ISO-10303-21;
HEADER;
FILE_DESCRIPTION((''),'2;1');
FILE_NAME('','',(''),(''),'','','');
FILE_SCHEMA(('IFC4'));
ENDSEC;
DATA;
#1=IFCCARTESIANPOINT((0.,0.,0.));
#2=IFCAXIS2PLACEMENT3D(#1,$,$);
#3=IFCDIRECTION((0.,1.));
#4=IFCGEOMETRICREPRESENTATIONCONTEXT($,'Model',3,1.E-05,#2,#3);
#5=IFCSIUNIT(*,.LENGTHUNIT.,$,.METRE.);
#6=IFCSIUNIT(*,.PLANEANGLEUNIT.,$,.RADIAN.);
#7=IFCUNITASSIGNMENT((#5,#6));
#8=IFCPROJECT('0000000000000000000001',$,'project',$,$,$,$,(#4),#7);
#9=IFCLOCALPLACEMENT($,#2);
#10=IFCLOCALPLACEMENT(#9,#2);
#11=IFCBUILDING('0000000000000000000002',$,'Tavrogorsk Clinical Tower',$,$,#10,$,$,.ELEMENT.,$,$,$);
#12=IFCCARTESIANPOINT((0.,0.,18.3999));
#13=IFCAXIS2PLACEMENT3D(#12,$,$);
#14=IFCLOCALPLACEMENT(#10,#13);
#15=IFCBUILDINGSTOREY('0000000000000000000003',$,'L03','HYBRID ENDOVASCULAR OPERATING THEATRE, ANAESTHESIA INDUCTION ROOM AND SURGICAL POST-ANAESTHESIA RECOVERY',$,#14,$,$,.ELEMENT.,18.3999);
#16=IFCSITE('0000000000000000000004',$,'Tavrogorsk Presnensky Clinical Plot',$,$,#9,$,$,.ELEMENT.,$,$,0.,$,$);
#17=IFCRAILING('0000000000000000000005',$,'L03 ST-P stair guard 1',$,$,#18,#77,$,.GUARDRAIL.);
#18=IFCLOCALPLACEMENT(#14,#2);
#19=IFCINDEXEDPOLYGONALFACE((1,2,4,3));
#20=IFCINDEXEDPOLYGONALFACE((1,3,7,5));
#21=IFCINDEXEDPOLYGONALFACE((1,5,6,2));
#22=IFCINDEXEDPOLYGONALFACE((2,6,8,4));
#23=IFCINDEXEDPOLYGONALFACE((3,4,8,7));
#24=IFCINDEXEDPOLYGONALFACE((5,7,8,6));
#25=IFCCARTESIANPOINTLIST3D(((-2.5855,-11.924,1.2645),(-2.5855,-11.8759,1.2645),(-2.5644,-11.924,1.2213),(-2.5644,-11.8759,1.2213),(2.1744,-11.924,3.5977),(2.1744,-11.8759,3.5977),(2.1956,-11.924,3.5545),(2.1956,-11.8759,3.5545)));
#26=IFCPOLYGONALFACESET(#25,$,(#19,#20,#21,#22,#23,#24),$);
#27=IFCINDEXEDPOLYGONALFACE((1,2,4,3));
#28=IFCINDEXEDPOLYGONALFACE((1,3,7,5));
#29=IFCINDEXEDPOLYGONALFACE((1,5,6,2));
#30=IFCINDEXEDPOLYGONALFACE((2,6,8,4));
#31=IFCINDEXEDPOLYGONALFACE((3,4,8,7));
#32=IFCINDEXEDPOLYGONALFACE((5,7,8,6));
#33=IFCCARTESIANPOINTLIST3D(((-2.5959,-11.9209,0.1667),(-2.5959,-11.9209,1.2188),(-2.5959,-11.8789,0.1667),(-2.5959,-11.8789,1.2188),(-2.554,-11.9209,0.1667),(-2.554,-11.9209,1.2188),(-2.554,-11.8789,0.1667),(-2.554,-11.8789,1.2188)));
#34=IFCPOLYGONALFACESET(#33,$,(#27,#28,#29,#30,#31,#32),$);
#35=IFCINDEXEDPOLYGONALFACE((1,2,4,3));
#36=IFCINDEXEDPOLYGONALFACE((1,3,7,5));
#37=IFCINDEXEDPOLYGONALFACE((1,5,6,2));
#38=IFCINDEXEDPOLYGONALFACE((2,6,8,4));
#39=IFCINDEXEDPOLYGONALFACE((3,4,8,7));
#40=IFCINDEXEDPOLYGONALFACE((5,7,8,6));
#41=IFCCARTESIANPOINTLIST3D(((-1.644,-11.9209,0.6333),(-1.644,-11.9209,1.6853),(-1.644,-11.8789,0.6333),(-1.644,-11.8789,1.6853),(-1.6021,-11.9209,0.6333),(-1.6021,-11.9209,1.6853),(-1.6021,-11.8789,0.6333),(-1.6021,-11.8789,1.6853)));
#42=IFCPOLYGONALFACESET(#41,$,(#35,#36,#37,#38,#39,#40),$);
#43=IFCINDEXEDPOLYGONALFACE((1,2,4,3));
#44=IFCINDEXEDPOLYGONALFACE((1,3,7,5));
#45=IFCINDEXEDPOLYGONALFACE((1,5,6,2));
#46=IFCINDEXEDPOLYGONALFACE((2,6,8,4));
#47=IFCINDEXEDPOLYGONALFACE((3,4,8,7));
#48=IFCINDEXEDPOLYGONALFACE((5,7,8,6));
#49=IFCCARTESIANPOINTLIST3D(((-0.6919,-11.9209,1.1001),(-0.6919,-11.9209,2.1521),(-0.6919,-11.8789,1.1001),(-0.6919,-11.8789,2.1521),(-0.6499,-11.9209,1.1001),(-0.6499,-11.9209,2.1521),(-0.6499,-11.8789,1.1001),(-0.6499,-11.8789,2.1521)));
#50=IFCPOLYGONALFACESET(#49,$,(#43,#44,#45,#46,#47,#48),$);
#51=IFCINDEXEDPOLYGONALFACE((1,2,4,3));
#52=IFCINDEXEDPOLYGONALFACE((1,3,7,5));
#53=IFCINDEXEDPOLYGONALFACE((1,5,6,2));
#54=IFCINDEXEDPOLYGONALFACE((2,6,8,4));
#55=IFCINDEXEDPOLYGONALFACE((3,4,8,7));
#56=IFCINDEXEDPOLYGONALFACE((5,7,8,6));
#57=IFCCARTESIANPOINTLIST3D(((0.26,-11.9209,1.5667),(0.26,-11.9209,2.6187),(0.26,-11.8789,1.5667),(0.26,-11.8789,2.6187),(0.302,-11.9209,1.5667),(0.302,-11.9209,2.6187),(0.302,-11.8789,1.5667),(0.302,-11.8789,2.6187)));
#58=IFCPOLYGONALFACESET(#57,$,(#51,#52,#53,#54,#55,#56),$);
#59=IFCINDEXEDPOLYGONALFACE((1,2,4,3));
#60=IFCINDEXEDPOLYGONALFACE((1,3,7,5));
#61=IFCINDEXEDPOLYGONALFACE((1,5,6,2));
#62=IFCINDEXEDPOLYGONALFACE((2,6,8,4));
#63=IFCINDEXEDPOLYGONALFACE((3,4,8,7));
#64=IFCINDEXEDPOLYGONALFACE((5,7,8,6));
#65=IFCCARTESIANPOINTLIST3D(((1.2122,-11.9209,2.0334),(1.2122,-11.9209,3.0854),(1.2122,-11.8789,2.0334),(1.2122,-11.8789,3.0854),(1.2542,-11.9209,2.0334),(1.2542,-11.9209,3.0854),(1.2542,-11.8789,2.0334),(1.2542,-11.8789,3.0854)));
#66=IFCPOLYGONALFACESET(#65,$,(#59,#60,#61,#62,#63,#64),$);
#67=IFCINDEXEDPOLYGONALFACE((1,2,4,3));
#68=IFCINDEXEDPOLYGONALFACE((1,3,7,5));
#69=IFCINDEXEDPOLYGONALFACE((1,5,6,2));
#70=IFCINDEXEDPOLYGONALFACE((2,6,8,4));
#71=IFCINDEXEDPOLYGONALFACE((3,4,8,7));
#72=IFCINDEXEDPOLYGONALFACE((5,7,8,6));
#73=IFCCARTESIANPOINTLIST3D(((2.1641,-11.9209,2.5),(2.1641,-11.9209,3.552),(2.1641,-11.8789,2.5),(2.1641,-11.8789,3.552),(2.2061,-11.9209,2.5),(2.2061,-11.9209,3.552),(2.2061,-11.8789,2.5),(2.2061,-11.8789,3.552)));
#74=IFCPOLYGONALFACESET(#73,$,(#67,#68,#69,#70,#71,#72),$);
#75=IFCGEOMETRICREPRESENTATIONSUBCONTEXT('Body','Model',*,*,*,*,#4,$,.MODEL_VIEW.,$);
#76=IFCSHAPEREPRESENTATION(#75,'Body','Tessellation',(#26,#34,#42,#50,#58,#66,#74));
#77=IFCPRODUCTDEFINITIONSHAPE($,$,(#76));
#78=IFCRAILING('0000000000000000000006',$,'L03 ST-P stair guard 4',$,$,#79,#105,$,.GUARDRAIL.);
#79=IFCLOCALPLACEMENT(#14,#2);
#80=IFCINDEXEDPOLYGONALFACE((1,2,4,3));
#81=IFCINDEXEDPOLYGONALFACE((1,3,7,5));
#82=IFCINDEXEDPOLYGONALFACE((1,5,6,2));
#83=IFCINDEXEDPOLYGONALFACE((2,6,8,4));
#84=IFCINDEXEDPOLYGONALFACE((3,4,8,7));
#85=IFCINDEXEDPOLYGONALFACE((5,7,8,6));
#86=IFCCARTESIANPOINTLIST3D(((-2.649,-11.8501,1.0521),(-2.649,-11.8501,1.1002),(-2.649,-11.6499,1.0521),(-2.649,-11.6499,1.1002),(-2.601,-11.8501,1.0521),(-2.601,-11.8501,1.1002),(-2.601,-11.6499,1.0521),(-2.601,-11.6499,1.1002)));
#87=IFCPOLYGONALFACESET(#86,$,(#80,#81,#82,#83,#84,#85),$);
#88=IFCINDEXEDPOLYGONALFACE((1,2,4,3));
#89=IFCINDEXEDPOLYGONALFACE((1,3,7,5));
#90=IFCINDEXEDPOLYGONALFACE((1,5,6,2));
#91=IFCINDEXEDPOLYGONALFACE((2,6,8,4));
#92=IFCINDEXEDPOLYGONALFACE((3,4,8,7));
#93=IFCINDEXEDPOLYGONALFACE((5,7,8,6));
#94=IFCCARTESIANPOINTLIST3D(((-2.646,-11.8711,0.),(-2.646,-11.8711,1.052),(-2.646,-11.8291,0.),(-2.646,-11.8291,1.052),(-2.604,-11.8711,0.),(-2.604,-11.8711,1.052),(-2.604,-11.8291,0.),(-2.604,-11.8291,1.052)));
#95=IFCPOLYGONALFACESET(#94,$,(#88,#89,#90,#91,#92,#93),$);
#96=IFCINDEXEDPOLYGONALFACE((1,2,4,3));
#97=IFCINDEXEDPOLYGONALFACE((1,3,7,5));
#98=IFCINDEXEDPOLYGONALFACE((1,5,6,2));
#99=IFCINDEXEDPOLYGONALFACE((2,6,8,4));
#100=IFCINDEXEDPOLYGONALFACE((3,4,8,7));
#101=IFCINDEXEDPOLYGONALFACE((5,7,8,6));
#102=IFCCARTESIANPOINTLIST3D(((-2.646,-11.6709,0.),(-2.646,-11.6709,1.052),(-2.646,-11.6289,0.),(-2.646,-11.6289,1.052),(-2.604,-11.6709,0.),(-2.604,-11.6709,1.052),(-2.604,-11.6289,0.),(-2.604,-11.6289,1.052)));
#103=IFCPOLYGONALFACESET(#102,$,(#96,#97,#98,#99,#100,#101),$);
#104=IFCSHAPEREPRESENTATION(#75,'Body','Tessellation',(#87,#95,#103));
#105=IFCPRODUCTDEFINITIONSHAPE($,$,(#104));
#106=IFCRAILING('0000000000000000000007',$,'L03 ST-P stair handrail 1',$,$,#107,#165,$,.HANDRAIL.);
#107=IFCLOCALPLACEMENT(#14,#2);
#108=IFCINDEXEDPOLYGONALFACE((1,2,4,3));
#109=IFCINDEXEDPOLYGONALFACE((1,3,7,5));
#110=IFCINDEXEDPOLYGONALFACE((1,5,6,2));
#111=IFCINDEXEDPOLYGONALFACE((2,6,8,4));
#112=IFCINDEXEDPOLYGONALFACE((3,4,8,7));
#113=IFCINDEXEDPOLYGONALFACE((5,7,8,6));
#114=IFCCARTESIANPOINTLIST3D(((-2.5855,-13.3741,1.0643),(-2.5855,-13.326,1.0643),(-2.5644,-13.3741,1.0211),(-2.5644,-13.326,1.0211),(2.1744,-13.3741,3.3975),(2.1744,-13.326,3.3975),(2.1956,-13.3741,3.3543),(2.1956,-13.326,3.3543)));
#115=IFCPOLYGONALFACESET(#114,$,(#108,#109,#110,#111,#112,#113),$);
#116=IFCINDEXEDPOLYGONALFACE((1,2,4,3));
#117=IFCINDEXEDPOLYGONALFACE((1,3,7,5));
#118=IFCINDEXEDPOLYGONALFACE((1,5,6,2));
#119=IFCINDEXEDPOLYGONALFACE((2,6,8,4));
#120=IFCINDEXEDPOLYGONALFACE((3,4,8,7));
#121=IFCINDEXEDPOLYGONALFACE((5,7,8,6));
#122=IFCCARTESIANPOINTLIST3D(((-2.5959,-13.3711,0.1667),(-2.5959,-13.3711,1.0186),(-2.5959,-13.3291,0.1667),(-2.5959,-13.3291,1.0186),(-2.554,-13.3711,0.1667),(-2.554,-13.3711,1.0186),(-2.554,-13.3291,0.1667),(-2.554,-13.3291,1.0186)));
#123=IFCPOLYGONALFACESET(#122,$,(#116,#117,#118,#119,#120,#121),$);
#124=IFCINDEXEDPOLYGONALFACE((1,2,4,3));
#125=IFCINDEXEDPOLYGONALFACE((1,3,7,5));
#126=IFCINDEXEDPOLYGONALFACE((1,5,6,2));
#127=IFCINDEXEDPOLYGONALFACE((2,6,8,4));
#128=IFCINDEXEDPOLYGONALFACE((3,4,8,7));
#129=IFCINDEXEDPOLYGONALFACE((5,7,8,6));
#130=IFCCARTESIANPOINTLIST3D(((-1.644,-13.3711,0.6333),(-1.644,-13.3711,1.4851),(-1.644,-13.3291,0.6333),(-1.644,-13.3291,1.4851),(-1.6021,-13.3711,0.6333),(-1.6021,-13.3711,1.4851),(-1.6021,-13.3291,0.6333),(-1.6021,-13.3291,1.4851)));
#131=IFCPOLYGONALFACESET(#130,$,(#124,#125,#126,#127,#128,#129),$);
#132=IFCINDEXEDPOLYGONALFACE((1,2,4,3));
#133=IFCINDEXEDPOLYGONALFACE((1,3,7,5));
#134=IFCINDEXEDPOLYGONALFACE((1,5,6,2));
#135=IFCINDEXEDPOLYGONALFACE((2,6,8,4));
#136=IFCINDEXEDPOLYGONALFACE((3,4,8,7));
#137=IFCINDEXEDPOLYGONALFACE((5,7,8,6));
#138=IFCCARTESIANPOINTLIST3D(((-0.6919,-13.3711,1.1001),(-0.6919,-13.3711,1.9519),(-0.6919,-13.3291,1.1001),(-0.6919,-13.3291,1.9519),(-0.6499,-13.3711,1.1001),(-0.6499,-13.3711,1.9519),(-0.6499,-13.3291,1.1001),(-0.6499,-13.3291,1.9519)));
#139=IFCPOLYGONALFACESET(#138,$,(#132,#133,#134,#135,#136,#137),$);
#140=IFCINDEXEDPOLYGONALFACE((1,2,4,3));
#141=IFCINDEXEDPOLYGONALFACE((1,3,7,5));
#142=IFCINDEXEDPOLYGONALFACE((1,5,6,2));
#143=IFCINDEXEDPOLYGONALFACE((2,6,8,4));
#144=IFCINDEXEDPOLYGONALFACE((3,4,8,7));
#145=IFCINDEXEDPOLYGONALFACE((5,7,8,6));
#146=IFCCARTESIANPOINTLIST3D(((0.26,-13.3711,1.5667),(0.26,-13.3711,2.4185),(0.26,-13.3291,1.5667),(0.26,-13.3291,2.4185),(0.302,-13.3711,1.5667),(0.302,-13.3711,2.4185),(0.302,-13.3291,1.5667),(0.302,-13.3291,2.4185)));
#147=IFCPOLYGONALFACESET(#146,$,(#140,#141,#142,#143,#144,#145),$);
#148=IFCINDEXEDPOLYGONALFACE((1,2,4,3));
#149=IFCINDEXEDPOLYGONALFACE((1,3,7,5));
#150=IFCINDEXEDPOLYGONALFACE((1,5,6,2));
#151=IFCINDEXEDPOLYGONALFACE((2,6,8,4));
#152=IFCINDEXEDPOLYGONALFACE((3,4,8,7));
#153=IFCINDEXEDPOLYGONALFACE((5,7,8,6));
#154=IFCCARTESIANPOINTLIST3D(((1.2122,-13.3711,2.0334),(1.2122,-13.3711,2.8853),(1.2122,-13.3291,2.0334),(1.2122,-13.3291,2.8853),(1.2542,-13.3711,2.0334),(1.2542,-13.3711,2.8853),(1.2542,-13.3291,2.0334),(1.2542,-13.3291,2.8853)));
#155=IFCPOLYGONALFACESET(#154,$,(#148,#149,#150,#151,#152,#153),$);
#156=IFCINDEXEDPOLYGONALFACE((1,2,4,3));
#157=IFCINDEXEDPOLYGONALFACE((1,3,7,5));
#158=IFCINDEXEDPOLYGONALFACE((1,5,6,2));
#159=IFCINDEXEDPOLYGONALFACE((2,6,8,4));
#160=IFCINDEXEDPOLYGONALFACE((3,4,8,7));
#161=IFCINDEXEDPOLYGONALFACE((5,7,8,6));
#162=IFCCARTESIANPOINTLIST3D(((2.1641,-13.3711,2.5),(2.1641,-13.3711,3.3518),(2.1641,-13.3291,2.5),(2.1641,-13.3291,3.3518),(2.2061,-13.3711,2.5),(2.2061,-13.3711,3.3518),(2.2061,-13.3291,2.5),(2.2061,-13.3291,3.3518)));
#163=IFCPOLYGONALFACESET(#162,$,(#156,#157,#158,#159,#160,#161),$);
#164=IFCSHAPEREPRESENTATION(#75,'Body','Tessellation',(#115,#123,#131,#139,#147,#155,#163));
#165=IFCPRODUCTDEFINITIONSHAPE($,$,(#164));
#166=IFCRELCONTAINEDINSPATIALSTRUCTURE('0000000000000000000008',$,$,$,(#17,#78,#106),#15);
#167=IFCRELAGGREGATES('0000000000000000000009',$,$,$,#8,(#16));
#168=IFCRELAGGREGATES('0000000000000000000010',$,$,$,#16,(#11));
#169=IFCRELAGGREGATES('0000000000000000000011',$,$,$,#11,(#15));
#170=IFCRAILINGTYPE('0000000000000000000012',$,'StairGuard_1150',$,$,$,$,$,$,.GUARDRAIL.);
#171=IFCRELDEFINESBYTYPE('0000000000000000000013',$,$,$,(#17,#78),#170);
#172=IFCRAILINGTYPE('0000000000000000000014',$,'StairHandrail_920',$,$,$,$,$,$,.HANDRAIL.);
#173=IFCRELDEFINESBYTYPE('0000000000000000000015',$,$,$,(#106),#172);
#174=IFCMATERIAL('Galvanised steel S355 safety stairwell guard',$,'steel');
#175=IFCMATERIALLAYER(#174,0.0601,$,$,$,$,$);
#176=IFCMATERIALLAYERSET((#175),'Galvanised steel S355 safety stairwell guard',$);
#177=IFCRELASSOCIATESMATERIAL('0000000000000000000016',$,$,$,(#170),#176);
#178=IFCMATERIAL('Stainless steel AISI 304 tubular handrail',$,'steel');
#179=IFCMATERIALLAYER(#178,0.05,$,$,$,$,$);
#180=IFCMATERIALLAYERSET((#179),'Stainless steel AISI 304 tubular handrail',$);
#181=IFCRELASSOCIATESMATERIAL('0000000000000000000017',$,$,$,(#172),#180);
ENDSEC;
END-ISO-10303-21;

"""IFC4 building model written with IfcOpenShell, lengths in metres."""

from ifc_helpers import new_model, si_unit, direction, frame, origin, origin_2d, place, context, subcontext, project, spatial, rectangle, extrude, material, layer, layer_set, type_object, element, save


model = new_model("IFC4")

# Units and contexts
model_context = context("Model", 3, precision=1e-05, world=origin(), true_north=direction((0.0, 1.0)))
body_context = subcontext(model_context, "Body", "Model", "MODEL_VIEW")
ifc_project = project(units=[si_unit("LENGTHUNIT", "METRE"), si_unit("PLANEANGLEUNIT", "RADIAN")], contexts=[model_context])

# Site, building, storey
site_placement = place(None, origin())
site = spatial("IfcSite", under=ifc_project, at=site_placement, Name="Tavrogorsk Presnensky Clinical Plot", CompositionType="ELEMENT", RefElevation=0.0)
building_placement = place(site_placement, origin())
building = spatial("IfcBuilding", under=site, at=building_placement, Name="Tavrogorsk Clinical Tower", CompositionType="ELEMENT")
storey_placement = place(building_placement, frame((0.0, 0.0, 18.3999)))
storey = spatial("IfcBuildingStorey", under=building, at=storey_placement, Name="L03", Description="HYBRID ENDOVASCULAR OPERATING THEATRE, ANAESTHESIA INDUCTION ROOM AND SURGICAL POST-ANAESTHESIA RECOVERY", CompositionType="ELEMENT", Elevation=18.3999)

# Railings
ifc_material_1 = material(Name="Galvanised steel S355 safety stairwell guard", Category="steel")
ifc_layer_1 = layer(ifc_material_1, 0.0601)
ifc_layer_set_1 = layer_set([ifc_layer_1], Name="Galvanised steel S355 safety stairwell guard")
railing_type_1 = type_object("IfcRailingType", Name="StairGuard_1150", PredefinedType="GUARDRAIL", material=ifc_layer_set_1)
railing_1_placement = place(storey_placement, frame((-2.575, -11.8999, 0.1667)))
element("IfcRailing", 1, at=railing_1_placement, inside=storey, type_object=railing_type_1, Name="L03 ST-P stair guard 1", PredefinedType="GUARDRAIL", context=body_context, shape_type="SweptSolid", body=[
    extrude(rectangle(XDim=0.0481, YDim=0.0481, at=origin_2d()), frame((0.0, 0.0, 1.0762), z_axis=(0.897927, 0.0, 0.440144), x_axis=(0.0, 1.0, 0.0)), (0.0, 0.0, 1.0), 5.301),
    extrude(rectangle(XDim=0.042, YDim=0.042, at=origin_2d()), origin(), (0.0, 0.0, 1.0), 1.052),
    extrude(rectangle(XDim=0.042, YDim=0.042, at=origin_2d()), frame((0.9519, 0.0, 0.4666)), (0.0, 0.0, 1.0), 1.052),
    extrude(rectangle(XDim=0.042, YDim=0.042, at=origin_2d()), frame((1.9041, 0.0, 0.9333)), (0.0, 0.0, 1.0), 1.052),
    extrude(rectangle(XDim=0.042, YDim=0.042, at=origin_2d()), frame((2.856, 0.0, 1.3999)), (0.0, 0.0, 1.0), 1.052),
    extrude(rectangle(XDim=0.042, YDim=0.042, at=origin_2d()), frame((3.8081, 0.0, 1.8667)), (0.0, 0.0, 1.0), 1.052),
    extrude(rectangle(XDim=0.042, YDim=0.042, at=origin_2d()), frame((4.76, 0.0, 2.3333)), (0.0, 0.0, 1.0), 1.052),
])
railing_2_placement = place(storey_placement, frame((-2.625, -11.8501, 0.0)))
element("IfcRailing", 2, at=railing_2_placement, inside=storey, type_object=railing_type_1, Name="L03 ST-P stair guard 4", PredefinedType="GUARDRAIL", context=body_context, shape_type="SweptSolid", body=[
    extrude(rectangle(XDim=0.0481, YDim=0.0481, at=origin_2d()), frame((0.0, 0.0, 1.0762), z_axis=(0.0, 1.0, 0.0), x_axis=(-1.0, 0.0, 0.0)), (0.0, 0.0, 1.0), 0.2002),
    extrude(rectangle(XDim=0.042, YDim=0.042, at=origin_2d()), origin(), (0.0, 0.0, 1.0), 1.052),
    extrude(rectangle(XDim=0.042, YDim=0.042, at=origin_2d()), frame((0.0, 0.2002, 0.0)), (0.0, 0.0, 1.0), 1.052),
])
ifc_material_2 = material(Name="Stainless steel AISI 304 tubular handrail", Category="steel")
ifc_layer_2 = layer(ifc_material_2, 0.05)
ifc_layer_set_2 = layer_set([ifc_layer_2], Name="Stainless steel AISI 304 tubular handrail")
railing_type_2 = type_object("IfcRailingType", Name="StairHandrail_920", PredefinedType="HANDRAIL", material=ifc_layer_set_2)
railing_3_placement = place(storey_placement, frame((-2.575, -13.3501, 0.1667)))
element("IfcRailing", 3, at=railing_3_placement, inside=storey, type_object=railing_type_2, Name="L03 ST-P stair handrail 1", PredefinedType="HANDRAIL", context=body_context, shape_type="SweptSolid", body=[
    extrude(rectangle(XDim=0.0481, YDim=0.0481, at=origin_2d()), frame((0.0, 0.0, 0.876), z_axis=(0.897927, 0.0, 0.440144), x_axis=(0.0, 1.0, 0.0)), (0.0, 0.0, 1.0), 5.301),
    extrude(rectangle(XDim=0.042, YDim=0.042, at=origin_2d()), origin(), (0.0, 0.0, 1.0), 0.8518),
    extrude(rectangle(XDim=0.042, YDim=0.042, at=origin_2d()), frame((0.9519, 0.0, 0.4666)), (0.0, 0.0, 1.0), 0.8518),
    extrude(rectangle(XDim=0.042, YDim=0.042, at=origin_2d()), frame((1.9041, 0.0, 0.9333)), (0.0, 0.0, 1.0), 0.8518),
    extrude(rectangle(XDim=0.042, YDim=0.042, at=origin_2d()), frame((2.856, 0.0, 1.3999)), (0.0, 0.0, 1.0), 0.8518),
    extrude(rectangle(XDim=0.042, YDim=0.042, at=origin_2d()), frame((3.8081, 0.0, 1.8667)), (0.0, 0.0, 1.0), 0.8518),
    extrude(rectangle(XDim=0.042, YDim=0.042, at=origin_2d()), frame((4.76, 0.0, 2.3333)), (0.0, 0.0, 1.0), 0.8518),
])

save(model, "model.ifc")
